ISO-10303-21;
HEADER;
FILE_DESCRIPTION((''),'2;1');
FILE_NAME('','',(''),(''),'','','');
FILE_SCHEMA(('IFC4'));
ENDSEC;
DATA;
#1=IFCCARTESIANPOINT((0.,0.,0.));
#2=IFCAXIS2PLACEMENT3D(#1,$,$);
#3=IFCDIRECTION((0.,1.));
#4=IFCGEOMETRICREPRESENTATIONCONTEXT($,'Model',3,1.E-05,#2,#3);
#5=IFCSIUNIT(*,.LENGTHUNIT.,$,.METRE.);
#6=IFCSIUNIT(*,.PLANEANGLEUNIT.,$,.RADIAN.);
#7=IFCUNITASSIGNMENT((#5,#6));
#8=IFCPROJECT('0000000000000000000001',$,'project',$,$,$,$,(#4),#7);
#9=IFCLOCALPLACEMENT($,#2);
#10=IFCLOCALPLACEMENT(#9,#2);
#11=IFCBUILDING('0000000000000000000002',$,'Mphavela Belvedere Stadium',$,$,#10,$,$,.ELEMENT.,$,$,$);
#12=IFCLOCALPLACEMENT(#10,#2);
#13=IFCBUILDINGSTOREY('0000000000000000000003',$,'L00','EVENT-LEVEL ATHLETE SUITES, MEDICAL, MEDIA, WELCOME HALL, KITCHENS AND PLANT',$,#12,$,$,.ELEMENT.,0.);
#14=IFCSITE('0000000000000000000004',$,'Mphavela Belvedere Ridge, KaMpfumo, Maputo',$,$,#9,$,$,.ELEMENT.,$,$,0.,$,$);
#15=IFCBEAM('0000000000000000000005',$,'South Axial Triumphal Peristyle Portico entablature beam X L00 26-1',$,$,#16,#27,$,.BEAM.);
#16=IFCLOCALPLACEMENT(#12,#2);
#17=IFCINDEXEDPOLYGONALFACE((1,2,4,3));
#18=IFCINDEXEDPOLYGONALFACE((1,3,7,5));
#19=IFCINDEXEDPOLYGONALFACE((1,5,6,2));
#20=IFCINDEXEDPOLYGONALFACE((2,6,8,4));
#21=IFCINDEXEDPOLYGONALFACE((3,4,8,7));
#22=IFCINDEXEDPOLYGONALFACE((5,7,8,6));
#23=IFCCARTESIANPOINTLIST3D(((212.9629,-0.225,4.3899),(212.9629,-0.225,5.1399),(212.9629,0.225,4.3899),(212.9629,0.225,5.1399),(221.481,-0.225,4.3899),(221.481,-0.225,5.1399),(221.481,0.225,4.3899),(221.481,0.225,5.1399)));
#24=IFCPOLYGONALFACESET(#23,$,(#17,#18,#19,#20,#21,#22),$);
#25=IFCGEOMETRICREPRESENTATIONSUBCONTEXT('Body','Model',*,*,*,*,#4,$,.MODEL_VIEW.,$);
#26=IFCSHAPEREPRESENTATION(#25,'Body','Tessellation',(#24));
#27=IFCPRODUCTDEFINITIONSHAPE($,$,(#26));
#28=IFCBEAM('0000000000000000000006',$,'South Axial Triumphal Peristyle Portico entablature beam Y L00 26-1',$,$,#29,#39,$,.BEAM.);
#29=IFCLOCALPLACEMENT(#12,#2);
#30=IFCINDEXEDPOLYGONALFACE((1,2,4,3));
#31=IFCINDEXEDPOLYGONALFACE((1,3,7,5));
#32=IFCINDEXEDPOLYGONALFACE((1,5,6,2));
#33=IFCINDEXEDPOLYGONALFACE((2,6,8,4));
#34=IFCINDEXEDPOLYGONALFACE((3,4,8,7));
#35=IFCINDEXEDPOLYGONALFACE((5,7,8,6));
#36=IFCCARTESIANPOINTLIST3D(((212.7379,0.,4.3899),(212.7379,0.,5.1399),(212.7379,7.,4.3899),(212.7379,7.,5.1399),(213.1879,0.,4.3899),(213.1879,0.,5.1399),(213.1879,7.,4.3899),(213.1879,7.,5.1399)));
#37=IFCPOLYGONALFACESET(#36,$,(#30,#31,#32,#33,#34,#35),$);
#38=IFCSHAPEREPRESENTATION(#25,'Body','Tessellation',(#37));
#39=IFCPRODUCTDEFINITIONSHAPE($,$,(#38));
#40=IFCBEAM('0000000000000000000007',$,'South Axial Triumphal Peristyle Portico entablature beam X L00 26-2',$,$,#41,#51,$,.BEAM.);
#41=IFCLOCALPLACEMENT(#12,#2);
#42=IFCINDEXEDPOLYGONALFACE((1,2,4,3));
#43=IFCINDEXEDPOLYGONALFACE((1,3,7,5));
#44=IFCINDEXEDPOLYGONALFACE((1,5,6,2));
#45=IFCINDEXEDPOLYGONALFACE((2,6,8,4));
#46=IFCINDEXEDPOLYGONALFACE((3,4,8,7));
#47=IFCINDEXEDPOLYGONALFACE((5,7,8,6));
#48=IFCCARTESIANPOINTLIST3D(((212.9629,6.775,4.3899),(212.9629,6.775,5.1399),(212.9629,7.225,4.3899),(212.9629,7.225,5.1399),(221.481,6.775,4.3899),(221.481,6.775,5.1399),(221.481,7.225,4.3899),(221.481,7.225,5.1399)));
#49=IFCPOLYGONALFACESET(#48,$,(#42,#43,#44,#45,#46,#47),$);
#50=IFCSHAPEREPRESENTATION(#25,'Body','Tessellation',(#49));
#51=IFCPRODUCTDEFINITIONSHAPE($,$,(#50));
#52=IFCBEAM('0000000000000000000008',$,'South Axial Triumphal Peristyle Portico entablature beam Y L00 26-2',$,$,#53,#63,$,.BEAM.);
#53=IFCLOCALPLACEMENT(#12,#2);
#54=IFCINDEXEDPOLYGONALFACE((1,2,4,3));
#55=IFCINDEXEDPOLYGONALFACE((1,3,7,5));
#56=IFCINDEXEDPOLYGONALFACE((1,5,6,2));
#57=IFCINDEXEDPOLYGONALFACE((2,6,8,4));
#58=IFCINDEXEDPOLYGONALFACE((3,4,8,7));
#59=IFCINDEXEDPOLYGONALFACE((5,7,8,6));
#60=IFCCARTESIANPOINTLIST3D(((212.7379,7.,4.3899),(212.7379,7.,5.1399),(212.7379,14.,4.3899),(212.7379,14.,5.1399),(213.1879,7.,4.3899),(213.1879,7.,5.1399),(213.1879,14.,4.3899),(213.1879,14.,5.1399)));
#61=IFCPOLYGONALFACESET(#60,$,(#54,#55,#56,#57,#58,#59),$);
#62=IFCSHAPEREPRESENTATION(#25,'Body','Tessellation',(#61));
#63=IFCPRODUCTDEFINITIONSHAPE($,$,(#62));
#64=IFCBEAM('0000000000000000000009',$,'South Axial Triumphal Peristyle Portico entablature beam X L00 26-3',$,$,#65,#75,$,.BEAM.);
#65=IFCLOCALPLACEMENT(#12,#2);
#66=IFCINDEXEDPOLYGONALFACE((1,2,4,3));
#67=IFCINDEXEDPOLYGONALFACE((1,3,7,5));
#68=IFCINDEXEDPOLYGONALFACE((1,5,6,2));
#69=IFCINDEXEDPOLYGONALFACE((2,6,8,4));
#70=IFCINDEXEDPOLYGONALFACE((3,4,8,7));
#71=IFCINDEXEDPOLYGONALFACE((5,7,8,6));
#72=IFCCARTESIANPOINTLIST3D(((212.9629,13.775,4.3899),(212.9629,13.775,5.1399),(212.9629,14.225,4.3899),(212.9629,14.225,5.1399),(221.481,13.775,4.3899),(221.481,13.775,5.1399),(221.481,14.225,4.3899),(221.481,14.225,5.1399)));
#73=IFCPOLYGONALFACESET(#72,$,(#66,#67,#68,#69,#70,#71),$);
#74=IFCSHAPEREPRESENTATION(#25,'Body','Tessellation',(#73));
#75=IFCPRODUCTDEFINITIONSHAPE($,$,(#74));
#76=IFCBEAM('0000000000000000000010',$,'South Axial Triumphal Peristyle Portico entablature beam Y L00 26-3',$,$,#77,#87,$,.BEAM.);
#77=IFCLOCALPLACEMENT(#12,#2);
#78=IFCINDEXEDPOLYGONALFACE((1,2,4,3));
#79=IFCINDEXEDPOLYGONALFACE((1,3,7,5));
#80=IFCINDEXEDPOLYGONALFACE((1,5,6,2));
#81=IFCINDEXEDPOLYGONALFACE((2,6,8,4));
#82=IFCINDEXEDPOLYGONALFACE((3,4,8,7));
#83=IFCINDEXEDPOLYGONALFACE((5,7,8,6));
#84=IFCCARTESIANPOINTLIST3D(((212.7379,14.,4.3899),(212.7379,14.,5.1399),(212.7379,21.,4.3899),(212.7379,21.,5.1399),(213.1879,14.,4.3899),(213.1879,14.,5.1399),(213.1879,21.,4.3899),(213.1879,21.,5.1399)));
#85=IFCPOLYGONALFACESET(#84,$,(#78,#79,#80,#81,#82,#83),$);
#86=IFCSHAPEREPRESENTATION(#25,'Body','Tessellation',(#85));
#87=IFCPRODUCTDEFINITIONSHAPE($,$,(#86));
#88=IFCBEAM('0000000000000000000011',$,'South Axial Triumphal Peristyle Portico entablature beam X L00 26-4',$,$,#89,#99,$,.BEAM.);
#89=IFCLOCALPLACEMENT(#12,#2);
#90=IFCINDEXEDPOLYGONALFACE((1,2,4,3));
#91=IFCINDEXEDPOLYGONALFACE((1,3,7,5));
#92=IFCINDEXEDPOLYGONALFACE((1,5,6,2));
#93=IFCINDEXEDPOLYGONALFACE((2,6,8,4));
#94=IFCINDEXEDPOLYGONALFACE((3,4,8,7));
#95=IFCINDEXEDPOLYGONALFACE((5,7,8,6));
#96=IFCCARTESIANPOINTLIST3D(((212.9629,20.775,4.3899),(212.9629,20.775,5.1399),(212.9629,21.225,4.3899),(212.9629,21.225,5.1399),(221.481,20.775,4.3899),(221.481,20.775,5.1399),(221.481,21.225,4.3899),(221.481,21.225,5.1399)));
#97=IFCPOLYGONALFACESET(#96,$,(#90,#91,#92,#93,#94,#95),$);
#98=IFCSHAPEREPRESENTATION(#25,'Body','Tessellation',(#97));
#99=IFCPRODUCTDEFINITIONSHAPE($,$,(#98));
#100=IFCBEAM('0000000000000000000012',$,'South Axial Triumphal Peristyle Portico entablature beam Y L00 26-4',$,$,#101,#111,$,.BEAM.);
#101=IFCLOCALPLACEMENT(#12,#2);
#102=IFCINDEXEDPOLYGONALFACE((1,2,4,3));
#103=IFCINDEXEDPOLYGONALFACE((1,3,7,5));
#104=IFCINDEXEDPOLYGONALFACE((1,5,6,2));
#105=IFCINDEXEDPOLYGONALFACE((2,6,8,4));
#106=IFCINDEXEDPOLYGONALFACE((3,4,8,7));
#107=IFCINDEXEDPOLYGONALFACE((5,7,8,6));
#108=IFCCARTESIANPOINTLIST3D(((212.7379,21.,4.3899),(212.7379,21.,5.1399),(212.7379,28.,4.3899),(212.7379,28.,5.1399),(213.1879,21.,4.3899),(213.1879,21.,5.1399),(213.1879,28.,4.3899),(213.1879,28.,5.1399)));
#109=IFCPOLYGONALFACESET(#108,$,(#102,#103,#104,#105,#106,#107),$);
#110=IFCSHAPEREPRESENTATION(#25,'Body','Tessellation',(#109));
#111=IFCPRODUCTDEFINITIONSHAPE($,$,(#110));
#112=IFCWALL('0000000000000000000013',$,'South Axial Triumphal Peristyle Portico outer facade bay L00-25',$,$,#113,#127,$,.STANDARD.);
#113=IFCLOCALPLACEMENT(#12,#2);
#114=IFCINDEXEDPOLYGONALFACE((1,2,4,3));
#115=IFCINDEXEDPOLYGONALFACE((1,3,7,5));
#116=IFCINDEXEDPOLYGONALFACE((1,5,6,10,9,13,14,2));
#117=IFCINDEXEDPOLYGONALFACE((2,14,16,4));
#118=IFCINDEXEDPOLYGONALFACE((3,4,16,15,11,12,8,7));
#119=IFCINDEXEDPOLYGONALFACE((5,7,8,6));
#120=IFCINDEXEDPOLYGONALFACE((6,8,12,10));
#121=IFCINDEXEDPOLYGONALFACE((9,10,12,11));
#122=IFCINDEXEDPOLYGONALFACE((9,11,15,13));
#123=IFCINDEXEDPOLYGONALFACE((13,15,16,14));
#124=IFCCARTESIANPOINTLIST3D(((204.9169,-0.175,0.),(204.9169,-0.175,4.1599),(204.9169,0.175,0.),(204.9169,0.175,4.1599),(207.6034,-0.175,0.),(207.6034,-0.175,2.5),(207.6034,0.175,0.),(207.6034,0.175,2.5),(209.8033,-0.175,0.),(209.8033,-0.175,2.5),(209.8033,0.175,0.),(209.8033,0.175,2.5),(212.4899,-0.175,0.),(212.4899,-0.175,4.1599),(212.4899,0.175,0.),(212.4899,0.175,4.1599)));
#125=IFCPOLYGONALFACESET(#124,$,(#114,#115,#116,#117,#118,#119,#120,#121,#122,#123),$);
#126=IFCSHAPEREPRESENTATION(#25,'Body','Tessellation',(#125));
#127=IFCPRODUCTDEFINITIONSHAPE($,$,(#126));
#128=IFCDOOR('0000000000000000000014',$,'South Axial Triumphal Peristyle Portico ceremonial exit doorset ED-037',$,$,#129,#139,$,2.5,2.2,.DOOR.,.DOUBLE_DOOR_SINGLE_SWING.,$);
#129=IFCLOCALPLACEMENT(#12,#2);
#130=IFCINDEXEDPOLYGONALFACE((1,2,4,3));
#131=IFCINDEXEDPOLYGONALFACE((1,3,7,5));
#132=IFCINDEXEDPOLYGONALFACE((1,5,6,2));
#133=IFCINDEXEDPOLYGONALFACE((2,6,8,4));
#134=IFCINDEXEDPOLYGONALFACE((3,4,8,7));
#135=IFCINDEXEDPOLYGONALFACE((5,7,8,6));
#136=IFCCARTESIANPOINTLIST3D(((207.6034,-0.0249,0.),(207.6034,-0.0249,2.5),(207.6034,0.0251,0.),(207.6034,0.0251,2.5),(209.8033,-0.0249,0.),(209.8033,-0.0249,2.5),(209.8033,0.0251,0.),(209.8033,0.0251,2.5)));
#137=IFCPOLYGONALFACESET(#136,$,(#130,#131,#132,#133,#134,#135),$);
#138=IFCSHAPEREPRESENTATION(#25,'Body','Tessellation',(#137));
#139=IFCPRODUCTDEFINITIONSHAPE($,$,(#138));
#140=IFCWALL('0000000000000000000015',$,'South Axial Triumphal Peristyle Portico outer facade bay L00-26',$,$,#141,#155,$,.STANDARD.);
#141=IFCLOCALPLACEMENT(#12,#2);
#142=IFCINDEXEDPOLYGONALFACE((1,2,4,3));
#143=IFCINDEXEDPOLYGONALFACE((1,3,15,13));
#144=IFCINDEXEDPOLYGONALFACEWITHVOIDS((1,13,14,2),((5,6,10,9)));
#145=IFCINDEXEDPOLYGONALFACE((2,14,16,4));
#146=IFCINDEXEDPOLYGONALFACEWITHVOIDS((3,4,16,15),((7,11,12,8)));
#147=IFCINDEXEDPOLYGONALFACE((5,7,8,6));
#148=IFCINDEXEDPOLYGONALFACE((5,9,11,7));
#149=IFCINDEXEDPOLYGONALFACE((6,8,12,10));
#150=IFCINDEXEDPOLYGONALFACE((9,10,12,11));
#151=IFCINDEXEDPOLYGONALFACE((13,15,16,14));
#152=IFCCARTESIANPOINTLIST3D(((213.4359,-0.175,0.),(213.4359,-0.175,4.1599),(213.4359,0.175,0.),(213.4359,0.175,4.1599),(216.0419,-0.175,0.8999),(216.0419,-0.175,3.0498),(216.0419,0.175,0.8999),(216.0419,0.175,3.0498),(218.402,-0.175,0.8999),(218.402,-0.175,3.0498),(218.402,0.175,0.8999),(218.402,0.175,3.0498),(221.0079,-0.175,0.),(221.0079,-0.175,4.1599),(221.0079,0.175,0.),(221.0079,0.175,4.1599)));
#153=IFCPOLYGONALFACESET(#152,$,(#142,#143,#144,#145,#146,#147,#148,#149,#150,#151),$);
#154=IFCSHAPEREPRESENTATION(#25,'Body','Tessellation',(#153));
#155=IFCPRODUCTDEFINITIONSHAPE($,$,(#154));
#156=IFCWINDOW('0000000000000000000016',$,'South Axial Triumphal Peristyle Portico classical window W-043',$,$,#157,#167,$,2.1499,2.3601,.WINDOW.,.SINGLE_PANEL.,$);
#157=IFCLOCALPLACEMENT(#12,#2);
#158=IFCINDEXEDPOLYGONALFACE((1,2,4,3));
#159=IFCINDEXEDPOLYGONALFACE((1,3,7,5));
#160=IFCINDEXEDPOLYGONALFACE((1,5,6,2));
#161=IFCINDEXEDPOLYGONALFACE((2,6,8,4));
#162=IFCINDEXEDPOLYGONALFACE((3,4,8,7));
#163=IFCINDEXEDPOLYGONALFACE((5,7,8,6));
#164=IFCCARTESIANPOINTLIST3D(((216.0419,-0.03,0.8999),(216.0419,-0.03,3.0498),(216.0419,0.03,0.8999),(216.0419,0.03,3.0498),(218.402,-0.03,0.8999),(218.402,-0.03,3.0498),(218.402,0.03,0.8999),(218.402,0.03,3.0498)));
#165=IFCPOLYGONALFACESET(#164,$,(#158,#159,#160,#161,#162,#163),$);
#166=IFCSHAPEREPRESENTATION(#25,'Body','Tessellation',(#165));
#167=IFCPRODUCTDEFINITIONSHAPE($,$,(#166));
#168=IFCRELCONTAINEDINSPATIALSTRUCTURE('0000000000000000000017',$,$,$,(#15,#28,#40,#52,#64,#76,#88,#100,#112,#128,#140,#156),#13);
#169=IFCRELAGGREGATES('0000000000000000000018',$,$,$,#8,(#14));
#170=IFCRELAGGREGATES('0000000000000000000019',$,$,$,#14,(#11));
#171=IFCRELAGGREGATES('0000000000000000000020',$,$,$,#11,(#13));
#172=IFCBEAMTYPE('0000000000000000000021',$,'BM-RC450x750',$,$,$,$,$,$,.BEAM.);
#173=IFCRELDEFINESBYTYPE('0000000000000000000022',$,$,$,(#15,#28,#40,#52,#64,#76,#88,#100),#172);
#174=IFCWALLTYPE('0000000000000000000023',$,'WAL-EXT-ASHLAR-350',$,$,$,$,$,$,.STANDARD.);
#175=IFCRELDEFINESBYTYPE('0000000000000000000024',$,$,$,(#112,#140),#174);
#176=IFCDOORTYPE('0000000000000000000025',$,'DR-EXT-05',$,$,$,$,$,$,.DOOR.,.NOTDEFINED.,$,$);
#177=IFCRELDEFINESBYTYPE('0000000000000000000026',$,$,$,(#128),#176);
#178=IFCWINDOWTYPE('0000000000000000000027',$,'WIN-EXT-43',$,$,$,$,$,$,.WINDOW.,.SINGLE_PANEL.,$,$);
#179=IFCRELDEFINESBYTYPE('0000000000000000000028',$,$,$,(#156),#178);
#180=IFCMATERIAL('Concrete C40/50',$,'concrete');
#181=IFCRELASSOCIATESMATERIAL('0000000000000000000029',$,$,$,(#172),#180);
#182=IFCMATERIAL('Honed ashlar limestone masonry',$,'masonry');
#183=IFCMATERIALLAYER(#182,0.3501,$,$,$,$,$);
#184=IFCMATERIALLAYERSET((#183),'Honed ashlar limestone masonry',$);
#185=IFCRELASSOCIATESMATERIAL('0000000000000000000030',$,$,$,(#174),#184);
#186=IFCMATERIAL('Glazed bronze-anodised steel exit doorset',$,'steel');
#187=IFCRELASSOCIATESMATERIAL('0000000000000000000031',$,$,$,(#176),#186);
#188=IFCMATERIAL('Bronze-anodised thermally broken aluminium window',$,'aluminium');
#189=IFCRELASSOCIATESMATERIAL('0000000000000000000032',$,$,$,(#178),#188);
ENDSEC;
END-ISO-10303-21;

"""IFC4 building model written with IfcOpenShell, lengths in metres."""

from ifc_helpers import new_model, si_unit, direction, frame, frame_2d, origin, origin_2d, place, context, subcontext, project, spatial, rectangle, extrude, material, layer, layer_set, material_profile, profile_set, type_object, element, fill, save


model = new_model("IFC4")

# Units and contexts
model_context = context("Model", 3, precision=1e-05, world=origin(), true_north=direction((0.0, 1.0)))
body_context = subcontext(model_context, "Body", "Model", "MODEL_VIEW")
ifc_project = project(units=[si_unit("LENGTHUNIT", "METRE"), si_unit("PLANEANGLEUNIT", "RADIAN")], contexts=[model_context])

# Site, building, storey
site_placement = place(None, origin())
site = spatial("IfcSite", under=ifc_project, at=site_placement, Name="Mphavela Belvedere Ridge, KaMpfumo, Maputo", CompositionType="ELEMENT", RefElevation=0.0)
building_placement = place(site_placement, origin())
building = spatial("IfcBuilding", under=site, at=building_placement, Name="Mphavela Belvedere Stadium", CompositionType="ELEMENT")
storey_placement = place(building_placement, origin())
storey = spatial("IfcBuildingStorey", under=building, at=storey_placement, Name="L00", Description="EVENT-LEVEL ATHLETE SUITES, MEDICAL, MEDIA, WELCOME HALL, KITCHENS AND PLANT", CompositionType="ELEMENT", Elevation=0.0)

# Beams
ifc_material_1 = material(Name="Concrete C40/50", Category="concrete")
ifc_material_profile_1 = material_profile(ifc_material_1, rectangle(XDim=0.45, YDim=0.75, at=origin_2d()), Name="RC 450x750")
ifc_profile_set_1 = profile_set([ifc_material_profile_1], Name="Concrete C40/50")
beam_type_1 = type_object("IfcBeamType", Name="BM-RC450x750", PredefinedType="BEAM", material=ifc_profile_set_1)
beam_1_placement = place(storey_placement, frame((212.9629, 0.0, 4.7649), z_axis=(1.0, 0.0, 0.0), x_axis=(0.0, 1.0, 0.0)))
element("IfcBeam", 1, at=beam_1_placement, inside=storey, type_object=beam_type_1, Name="South Axial Triumphal Peristyle Portico entablature beam X L00 26-1", PredefinedType="BEAM", context=body_context, shape_type="SweptSolid", body=[
    extrude(rectangle(XDim=0.45, YDim=0.75, at=origin_2d()), origin(), (0.0, 0.0, 1.0), 8.5181),
])
beam_2_placement = place(storey_placement, frame((212.9629, 0.0, 4.7649), z_axis=(0.0, 1.0, 0.0), x_axis=(-1.0, 0.0, 0.0)))
element("IfcBeam", 2, at=beam_2_placement, inside=storey, type_object=beam_type_1, Name="South Axial Triumphal Peristyle Portico entablature beam Y L00 26-1", PredefinedType="BEAM", context=body_context, shape_type="SweptSolid", body=[
    extrude(rectangle(XDim=0.45, YDim=0.75, at=origin_2d()), origin(), (0.0, 0.0, 1.0), 7.0),
])
beam_3_placement = place(storey_placement, frame((212.9629, 7.0, 4.7649), z_axis=(1.0, 0.0, 0.0), x_axis=(0.0, 1.0, 0.0)))
element("IfcBeam", 3, at=beam_3_placement, inside=storey, type_object=beam_type_1, Name="South Axial Triumphal Peristyle Portico entablature beam X L00 26-2", PredefinedType="BEAM", context=body_context, shape_type="SweptSolid", body=[
    extrude(rectangle(XDim=0.45, YDim=0.75, at=origin_2d()), origin(), (0.0, 0.0, 1.0), 8.5181),
])
beam_4_placement = place(storey_placement, frame((212.9629, 7.0, 4.7649), z_axis=(0.0, 1.0, 0.0), x_axis=(-1.0, 0.0, 0.0)))
element("IfcBeam", 4, at=beam_4_placement, inside=storey, type_object=beam_type_1, Name="South Axial Triumphal Peristyle Portico entablature beam Y L00 26-2", PredefinedType="BEAM", context=body_context, shape_type="SweptSolid", body=[
    extrude(rectangle(XDim=0.45, YDim=0.75, at=origin_2d()), origin(), (0.0, 0.0, 1.0), 7.0),
])
beam_5_placement = place(storey_placement, frame((212.9629, 14.0, 4.7649), z_axis=(1.0, 0.0, 0.0), x_axis=(0.0, 1.0, 0.0)))
element("IfcBeam", 5, at=beam_5_placement, inside=storey, type_object=beam_type_1, Name="South Axial Triumphal Peristyle Portico entablature beam X L00 26-3", PredefinedType="BEAM", context=body_context, shape_type="SweptSolid", body=[
    extrude(rectangle(XDim=0.45, YDim=0.75, at=origin_2d()), origin(), (0.0, 0.0, 1.0), 8.5181),
])
beam_6_placement = place(storey_placement, frame((212.9629, 14.0, 4.7649), z_axis=(0.0, 1.0, 0.0), x_axis=(-1.0, 0.0, 0.0)))
element("IfcBeam", 6, at=beam_6_placement, inside=storey, type_object=beam_type_1, Name="South Axial Triumphal Peristyle Portico entablature beam Y L00 26-3", PredefinedType="BEAM", context=body_context, shape_type="SweptSolid", body=[
    extrude(rectangle(XDim=0.45, YDim=0.75, at=origin_2d()), origin(), (0.0, 0.0, 1.0), 7.0),
])
beam_7_placement = place(storey_placement, frame((212.9629, 21.0, 4.7649), z_axis=(1.0, 0.0, 0.0), x_axis=(0.0, 1.0, 0.0)))
element("IfcBeam", 7, at=beam_7_placement, inside=storey, type_object=beam_type_1, Name="South Axial Triumphal Peristyle Portico entablature beam X L00 26-4", PredefinedType="BEAM", context=body_context, shape_type="SweptSolid", body=[
    extrude(rectangle(XDim=0.45, YDim=0.75, at=origin_2d()), origin(), (0.0, 0.0, 1.0), 8.5181),
])
beam_8_placement = place(storey_placement, frame((212.9629, 21.0, 4.7649), z_axis=(0.0, 1.0, 0.0), x_axis=(-1.0, 0.0, 0.0)))
element("IfcBeam", 8, at=beam_8_placement, inside=storey, type_object=beam_type_1, Name="South Axial Triumphal Peristyle Portico entablature beam Y L00 26-4", PredefinedType="BEAM", context=body_context, shape_type="SweptSolid", body=[
    extrude(rectangle(XDim=0.45, YDim=0.75, at=origin_2d()), origin(), (0.0, 0.0, 1.0), 7.0),
])

# Wall, opening, door
ifc_material_2 = material(Name="Honed ashlar limestone masonry", Category="masonry")
ifc_layer_1 = layer(ifc_material_2, 0.3501)
ifc_layer_set_1 = layer_set([ifc_layer_1], Name="Honed ashlar limestone masonry")
wall_type_1 = type_object("IfcWallType", Name="WAL-EXT-ASHLAR-350", PredefinedType="STANDARD", material=ifc_layer_set_1)
wall_1_placement = place(storey_placement, frame((212.49, 0.0, 0.0), z_axis=(0.0, 0.0, 1.0), x_axis=(-1.0, 0.0, 0.0)))
wall_1 = element("IfcWall", 9, at=wall_1_placement, inside=storey, type_object=wall_type_1, Name="South Axial Triumphal Peristyle Portico outer facade bay L00-25", PredefinedType="STANDARD", context=body_context, shape_type="SweptSolid", body=[
    extrude(rectangle(XDim=7.573, YDim=0.3501, at=frame_2d((3.7866, 0.0))), origin(), (0.0, 0.0, 1.0), 4.1599),
])
opening_1_placement = place(wall_1_placement, frame((2.6865, 0.0, 0.0)))
opening_1 = element("IfcOpeningElement", 10, at=opening_1_placement, cuts=wall_1, PredefinedType="OPENING", context=body_context, shape_type="SweptSolid", body=[
    extrude(rectangle(XDim=2.2, YDim=2.5, at=frame_2d((1.1001, 1.25))), frame((0.0, 0.1851, 0.0), z_axis=(0.0, -1.0, 0.0), x_axis=(1.0, 0.0, 0.0)), (0.0, 0.0, 1.0), 0.3701),
])
ifc_material_3 = material(Name="Glazed bronze-anodised steel exit doorset", Category="steel")
door_type_1 = type_object("IfcDoorType", Name="DR-EXT-05", OperationType="NOTDEFINED", PredefinedType="DOOR", material=ifc_material_3)
door_1_placement = place(opening_1_placement, origin())
door_1 = element("IfcDoor", 11, at=door_1_placement, inside=storey, type_object=door_type_1, Name="South Axial Triumphal Peristyle Portico ceremonial exit doorset ED-037", OperationType="DOUBLE_DOOR_SINGLE_SWING", OverallHeight=2.5, OverallWidth=2.2, PredefinedType="DOOR", context=body_context, shape_type="SweptSolid", body=[
    extrude(rectangle(XDim=2.2, YDim=2.5, at=frame_2d((1.1001, 1.25))), frame((0.0, 0.0249, 0.0), z_axis=(0.0, -1.0, 0.0), x_axis=(1.0, 0.0, 0.0)), (0.0, 0.0, 1.0), 0.05),
])
fill(opening_1, door_1)

# Wall, opening, window
wall_2_placement = place(storey_placement, frame((221.0081, 0.0, 0.0), z_axis=(0.0, 0.0, 1.0), x_axis=(-1.0, 0.0, 0.0)))
wall_2 = element("IfcWall", 12, at=wall_2_placement, inside=storey, type_object=wall_type_1, Name="South Axial Triumphal Peristyle Portico outer facade bay L00-26", PredefinedType="STANDARD", context=body_context, shape_type="SweptSolid", body=[
    extrude(rectangle(XDim=7.572, YDim=0.3501, at=frame_2d((3.7861, 0.0))), origin(), (0.0, 0.0, 1.0), 4.1599),
])
opening_2_placement = place(wall_2_placement, frame((2.606, 0.0, 0.8999)))
opening_2 = element("IfcOpeningElement", 13, at=opening_2_placement, cuts=wall_2, PredefinedType="OPENING", context=body_context, shape_type="SweptSolid", body=[
    extrude(rectangle(XDim=2.3601, YDim=2.1499, at=frame_2d((1.1802, 1.075))), frame((0.0, 0.1851, 0.0), z_axis=(0.0, -1.0, 0.0), x_axis=(1.0, 0.0, 0.0)), (0.0, 0.0, 1.0), 0.3701),
])
ifc_material_4 = material(Name="Bronze-anodised thermally broken aluminium window", Category="aluminium")
window_type = type_object("IfcWindowType", Name="WIN-EXT-43", PartitioningType="SINGLE_PANEL", PredefinedType="WINDOW", material=ifc_material_4)
window_placement = place(opening_2_placement, origin())
window = element("IfcWindow", 14, at=window_placement, inside=storey, type_object=window_type, Name="South Axial Triumphal Peristyle Portico classical window W-043", OverallHeight=2.1499, OverallWidth=2.3601, PartitioningType="SINGLE_PANEL", PredefinedType="WINDOW", context=body_context, shape_type="SweptSolid", body=[
    extrude(rectangle(XDim=2.3601, YDim=2.1499, at=frame_2d((1.1802, 1.075))), frame((0.0, 0.03, 0.0), z_axis=(0.0, -1.0, 0.0), x_axis=(1.0, 0.0, 0.0)), (0.0, 0.0, 1.0), 0.0601),
])
fill(opening_2, window)

save(model, "model.ifc")
